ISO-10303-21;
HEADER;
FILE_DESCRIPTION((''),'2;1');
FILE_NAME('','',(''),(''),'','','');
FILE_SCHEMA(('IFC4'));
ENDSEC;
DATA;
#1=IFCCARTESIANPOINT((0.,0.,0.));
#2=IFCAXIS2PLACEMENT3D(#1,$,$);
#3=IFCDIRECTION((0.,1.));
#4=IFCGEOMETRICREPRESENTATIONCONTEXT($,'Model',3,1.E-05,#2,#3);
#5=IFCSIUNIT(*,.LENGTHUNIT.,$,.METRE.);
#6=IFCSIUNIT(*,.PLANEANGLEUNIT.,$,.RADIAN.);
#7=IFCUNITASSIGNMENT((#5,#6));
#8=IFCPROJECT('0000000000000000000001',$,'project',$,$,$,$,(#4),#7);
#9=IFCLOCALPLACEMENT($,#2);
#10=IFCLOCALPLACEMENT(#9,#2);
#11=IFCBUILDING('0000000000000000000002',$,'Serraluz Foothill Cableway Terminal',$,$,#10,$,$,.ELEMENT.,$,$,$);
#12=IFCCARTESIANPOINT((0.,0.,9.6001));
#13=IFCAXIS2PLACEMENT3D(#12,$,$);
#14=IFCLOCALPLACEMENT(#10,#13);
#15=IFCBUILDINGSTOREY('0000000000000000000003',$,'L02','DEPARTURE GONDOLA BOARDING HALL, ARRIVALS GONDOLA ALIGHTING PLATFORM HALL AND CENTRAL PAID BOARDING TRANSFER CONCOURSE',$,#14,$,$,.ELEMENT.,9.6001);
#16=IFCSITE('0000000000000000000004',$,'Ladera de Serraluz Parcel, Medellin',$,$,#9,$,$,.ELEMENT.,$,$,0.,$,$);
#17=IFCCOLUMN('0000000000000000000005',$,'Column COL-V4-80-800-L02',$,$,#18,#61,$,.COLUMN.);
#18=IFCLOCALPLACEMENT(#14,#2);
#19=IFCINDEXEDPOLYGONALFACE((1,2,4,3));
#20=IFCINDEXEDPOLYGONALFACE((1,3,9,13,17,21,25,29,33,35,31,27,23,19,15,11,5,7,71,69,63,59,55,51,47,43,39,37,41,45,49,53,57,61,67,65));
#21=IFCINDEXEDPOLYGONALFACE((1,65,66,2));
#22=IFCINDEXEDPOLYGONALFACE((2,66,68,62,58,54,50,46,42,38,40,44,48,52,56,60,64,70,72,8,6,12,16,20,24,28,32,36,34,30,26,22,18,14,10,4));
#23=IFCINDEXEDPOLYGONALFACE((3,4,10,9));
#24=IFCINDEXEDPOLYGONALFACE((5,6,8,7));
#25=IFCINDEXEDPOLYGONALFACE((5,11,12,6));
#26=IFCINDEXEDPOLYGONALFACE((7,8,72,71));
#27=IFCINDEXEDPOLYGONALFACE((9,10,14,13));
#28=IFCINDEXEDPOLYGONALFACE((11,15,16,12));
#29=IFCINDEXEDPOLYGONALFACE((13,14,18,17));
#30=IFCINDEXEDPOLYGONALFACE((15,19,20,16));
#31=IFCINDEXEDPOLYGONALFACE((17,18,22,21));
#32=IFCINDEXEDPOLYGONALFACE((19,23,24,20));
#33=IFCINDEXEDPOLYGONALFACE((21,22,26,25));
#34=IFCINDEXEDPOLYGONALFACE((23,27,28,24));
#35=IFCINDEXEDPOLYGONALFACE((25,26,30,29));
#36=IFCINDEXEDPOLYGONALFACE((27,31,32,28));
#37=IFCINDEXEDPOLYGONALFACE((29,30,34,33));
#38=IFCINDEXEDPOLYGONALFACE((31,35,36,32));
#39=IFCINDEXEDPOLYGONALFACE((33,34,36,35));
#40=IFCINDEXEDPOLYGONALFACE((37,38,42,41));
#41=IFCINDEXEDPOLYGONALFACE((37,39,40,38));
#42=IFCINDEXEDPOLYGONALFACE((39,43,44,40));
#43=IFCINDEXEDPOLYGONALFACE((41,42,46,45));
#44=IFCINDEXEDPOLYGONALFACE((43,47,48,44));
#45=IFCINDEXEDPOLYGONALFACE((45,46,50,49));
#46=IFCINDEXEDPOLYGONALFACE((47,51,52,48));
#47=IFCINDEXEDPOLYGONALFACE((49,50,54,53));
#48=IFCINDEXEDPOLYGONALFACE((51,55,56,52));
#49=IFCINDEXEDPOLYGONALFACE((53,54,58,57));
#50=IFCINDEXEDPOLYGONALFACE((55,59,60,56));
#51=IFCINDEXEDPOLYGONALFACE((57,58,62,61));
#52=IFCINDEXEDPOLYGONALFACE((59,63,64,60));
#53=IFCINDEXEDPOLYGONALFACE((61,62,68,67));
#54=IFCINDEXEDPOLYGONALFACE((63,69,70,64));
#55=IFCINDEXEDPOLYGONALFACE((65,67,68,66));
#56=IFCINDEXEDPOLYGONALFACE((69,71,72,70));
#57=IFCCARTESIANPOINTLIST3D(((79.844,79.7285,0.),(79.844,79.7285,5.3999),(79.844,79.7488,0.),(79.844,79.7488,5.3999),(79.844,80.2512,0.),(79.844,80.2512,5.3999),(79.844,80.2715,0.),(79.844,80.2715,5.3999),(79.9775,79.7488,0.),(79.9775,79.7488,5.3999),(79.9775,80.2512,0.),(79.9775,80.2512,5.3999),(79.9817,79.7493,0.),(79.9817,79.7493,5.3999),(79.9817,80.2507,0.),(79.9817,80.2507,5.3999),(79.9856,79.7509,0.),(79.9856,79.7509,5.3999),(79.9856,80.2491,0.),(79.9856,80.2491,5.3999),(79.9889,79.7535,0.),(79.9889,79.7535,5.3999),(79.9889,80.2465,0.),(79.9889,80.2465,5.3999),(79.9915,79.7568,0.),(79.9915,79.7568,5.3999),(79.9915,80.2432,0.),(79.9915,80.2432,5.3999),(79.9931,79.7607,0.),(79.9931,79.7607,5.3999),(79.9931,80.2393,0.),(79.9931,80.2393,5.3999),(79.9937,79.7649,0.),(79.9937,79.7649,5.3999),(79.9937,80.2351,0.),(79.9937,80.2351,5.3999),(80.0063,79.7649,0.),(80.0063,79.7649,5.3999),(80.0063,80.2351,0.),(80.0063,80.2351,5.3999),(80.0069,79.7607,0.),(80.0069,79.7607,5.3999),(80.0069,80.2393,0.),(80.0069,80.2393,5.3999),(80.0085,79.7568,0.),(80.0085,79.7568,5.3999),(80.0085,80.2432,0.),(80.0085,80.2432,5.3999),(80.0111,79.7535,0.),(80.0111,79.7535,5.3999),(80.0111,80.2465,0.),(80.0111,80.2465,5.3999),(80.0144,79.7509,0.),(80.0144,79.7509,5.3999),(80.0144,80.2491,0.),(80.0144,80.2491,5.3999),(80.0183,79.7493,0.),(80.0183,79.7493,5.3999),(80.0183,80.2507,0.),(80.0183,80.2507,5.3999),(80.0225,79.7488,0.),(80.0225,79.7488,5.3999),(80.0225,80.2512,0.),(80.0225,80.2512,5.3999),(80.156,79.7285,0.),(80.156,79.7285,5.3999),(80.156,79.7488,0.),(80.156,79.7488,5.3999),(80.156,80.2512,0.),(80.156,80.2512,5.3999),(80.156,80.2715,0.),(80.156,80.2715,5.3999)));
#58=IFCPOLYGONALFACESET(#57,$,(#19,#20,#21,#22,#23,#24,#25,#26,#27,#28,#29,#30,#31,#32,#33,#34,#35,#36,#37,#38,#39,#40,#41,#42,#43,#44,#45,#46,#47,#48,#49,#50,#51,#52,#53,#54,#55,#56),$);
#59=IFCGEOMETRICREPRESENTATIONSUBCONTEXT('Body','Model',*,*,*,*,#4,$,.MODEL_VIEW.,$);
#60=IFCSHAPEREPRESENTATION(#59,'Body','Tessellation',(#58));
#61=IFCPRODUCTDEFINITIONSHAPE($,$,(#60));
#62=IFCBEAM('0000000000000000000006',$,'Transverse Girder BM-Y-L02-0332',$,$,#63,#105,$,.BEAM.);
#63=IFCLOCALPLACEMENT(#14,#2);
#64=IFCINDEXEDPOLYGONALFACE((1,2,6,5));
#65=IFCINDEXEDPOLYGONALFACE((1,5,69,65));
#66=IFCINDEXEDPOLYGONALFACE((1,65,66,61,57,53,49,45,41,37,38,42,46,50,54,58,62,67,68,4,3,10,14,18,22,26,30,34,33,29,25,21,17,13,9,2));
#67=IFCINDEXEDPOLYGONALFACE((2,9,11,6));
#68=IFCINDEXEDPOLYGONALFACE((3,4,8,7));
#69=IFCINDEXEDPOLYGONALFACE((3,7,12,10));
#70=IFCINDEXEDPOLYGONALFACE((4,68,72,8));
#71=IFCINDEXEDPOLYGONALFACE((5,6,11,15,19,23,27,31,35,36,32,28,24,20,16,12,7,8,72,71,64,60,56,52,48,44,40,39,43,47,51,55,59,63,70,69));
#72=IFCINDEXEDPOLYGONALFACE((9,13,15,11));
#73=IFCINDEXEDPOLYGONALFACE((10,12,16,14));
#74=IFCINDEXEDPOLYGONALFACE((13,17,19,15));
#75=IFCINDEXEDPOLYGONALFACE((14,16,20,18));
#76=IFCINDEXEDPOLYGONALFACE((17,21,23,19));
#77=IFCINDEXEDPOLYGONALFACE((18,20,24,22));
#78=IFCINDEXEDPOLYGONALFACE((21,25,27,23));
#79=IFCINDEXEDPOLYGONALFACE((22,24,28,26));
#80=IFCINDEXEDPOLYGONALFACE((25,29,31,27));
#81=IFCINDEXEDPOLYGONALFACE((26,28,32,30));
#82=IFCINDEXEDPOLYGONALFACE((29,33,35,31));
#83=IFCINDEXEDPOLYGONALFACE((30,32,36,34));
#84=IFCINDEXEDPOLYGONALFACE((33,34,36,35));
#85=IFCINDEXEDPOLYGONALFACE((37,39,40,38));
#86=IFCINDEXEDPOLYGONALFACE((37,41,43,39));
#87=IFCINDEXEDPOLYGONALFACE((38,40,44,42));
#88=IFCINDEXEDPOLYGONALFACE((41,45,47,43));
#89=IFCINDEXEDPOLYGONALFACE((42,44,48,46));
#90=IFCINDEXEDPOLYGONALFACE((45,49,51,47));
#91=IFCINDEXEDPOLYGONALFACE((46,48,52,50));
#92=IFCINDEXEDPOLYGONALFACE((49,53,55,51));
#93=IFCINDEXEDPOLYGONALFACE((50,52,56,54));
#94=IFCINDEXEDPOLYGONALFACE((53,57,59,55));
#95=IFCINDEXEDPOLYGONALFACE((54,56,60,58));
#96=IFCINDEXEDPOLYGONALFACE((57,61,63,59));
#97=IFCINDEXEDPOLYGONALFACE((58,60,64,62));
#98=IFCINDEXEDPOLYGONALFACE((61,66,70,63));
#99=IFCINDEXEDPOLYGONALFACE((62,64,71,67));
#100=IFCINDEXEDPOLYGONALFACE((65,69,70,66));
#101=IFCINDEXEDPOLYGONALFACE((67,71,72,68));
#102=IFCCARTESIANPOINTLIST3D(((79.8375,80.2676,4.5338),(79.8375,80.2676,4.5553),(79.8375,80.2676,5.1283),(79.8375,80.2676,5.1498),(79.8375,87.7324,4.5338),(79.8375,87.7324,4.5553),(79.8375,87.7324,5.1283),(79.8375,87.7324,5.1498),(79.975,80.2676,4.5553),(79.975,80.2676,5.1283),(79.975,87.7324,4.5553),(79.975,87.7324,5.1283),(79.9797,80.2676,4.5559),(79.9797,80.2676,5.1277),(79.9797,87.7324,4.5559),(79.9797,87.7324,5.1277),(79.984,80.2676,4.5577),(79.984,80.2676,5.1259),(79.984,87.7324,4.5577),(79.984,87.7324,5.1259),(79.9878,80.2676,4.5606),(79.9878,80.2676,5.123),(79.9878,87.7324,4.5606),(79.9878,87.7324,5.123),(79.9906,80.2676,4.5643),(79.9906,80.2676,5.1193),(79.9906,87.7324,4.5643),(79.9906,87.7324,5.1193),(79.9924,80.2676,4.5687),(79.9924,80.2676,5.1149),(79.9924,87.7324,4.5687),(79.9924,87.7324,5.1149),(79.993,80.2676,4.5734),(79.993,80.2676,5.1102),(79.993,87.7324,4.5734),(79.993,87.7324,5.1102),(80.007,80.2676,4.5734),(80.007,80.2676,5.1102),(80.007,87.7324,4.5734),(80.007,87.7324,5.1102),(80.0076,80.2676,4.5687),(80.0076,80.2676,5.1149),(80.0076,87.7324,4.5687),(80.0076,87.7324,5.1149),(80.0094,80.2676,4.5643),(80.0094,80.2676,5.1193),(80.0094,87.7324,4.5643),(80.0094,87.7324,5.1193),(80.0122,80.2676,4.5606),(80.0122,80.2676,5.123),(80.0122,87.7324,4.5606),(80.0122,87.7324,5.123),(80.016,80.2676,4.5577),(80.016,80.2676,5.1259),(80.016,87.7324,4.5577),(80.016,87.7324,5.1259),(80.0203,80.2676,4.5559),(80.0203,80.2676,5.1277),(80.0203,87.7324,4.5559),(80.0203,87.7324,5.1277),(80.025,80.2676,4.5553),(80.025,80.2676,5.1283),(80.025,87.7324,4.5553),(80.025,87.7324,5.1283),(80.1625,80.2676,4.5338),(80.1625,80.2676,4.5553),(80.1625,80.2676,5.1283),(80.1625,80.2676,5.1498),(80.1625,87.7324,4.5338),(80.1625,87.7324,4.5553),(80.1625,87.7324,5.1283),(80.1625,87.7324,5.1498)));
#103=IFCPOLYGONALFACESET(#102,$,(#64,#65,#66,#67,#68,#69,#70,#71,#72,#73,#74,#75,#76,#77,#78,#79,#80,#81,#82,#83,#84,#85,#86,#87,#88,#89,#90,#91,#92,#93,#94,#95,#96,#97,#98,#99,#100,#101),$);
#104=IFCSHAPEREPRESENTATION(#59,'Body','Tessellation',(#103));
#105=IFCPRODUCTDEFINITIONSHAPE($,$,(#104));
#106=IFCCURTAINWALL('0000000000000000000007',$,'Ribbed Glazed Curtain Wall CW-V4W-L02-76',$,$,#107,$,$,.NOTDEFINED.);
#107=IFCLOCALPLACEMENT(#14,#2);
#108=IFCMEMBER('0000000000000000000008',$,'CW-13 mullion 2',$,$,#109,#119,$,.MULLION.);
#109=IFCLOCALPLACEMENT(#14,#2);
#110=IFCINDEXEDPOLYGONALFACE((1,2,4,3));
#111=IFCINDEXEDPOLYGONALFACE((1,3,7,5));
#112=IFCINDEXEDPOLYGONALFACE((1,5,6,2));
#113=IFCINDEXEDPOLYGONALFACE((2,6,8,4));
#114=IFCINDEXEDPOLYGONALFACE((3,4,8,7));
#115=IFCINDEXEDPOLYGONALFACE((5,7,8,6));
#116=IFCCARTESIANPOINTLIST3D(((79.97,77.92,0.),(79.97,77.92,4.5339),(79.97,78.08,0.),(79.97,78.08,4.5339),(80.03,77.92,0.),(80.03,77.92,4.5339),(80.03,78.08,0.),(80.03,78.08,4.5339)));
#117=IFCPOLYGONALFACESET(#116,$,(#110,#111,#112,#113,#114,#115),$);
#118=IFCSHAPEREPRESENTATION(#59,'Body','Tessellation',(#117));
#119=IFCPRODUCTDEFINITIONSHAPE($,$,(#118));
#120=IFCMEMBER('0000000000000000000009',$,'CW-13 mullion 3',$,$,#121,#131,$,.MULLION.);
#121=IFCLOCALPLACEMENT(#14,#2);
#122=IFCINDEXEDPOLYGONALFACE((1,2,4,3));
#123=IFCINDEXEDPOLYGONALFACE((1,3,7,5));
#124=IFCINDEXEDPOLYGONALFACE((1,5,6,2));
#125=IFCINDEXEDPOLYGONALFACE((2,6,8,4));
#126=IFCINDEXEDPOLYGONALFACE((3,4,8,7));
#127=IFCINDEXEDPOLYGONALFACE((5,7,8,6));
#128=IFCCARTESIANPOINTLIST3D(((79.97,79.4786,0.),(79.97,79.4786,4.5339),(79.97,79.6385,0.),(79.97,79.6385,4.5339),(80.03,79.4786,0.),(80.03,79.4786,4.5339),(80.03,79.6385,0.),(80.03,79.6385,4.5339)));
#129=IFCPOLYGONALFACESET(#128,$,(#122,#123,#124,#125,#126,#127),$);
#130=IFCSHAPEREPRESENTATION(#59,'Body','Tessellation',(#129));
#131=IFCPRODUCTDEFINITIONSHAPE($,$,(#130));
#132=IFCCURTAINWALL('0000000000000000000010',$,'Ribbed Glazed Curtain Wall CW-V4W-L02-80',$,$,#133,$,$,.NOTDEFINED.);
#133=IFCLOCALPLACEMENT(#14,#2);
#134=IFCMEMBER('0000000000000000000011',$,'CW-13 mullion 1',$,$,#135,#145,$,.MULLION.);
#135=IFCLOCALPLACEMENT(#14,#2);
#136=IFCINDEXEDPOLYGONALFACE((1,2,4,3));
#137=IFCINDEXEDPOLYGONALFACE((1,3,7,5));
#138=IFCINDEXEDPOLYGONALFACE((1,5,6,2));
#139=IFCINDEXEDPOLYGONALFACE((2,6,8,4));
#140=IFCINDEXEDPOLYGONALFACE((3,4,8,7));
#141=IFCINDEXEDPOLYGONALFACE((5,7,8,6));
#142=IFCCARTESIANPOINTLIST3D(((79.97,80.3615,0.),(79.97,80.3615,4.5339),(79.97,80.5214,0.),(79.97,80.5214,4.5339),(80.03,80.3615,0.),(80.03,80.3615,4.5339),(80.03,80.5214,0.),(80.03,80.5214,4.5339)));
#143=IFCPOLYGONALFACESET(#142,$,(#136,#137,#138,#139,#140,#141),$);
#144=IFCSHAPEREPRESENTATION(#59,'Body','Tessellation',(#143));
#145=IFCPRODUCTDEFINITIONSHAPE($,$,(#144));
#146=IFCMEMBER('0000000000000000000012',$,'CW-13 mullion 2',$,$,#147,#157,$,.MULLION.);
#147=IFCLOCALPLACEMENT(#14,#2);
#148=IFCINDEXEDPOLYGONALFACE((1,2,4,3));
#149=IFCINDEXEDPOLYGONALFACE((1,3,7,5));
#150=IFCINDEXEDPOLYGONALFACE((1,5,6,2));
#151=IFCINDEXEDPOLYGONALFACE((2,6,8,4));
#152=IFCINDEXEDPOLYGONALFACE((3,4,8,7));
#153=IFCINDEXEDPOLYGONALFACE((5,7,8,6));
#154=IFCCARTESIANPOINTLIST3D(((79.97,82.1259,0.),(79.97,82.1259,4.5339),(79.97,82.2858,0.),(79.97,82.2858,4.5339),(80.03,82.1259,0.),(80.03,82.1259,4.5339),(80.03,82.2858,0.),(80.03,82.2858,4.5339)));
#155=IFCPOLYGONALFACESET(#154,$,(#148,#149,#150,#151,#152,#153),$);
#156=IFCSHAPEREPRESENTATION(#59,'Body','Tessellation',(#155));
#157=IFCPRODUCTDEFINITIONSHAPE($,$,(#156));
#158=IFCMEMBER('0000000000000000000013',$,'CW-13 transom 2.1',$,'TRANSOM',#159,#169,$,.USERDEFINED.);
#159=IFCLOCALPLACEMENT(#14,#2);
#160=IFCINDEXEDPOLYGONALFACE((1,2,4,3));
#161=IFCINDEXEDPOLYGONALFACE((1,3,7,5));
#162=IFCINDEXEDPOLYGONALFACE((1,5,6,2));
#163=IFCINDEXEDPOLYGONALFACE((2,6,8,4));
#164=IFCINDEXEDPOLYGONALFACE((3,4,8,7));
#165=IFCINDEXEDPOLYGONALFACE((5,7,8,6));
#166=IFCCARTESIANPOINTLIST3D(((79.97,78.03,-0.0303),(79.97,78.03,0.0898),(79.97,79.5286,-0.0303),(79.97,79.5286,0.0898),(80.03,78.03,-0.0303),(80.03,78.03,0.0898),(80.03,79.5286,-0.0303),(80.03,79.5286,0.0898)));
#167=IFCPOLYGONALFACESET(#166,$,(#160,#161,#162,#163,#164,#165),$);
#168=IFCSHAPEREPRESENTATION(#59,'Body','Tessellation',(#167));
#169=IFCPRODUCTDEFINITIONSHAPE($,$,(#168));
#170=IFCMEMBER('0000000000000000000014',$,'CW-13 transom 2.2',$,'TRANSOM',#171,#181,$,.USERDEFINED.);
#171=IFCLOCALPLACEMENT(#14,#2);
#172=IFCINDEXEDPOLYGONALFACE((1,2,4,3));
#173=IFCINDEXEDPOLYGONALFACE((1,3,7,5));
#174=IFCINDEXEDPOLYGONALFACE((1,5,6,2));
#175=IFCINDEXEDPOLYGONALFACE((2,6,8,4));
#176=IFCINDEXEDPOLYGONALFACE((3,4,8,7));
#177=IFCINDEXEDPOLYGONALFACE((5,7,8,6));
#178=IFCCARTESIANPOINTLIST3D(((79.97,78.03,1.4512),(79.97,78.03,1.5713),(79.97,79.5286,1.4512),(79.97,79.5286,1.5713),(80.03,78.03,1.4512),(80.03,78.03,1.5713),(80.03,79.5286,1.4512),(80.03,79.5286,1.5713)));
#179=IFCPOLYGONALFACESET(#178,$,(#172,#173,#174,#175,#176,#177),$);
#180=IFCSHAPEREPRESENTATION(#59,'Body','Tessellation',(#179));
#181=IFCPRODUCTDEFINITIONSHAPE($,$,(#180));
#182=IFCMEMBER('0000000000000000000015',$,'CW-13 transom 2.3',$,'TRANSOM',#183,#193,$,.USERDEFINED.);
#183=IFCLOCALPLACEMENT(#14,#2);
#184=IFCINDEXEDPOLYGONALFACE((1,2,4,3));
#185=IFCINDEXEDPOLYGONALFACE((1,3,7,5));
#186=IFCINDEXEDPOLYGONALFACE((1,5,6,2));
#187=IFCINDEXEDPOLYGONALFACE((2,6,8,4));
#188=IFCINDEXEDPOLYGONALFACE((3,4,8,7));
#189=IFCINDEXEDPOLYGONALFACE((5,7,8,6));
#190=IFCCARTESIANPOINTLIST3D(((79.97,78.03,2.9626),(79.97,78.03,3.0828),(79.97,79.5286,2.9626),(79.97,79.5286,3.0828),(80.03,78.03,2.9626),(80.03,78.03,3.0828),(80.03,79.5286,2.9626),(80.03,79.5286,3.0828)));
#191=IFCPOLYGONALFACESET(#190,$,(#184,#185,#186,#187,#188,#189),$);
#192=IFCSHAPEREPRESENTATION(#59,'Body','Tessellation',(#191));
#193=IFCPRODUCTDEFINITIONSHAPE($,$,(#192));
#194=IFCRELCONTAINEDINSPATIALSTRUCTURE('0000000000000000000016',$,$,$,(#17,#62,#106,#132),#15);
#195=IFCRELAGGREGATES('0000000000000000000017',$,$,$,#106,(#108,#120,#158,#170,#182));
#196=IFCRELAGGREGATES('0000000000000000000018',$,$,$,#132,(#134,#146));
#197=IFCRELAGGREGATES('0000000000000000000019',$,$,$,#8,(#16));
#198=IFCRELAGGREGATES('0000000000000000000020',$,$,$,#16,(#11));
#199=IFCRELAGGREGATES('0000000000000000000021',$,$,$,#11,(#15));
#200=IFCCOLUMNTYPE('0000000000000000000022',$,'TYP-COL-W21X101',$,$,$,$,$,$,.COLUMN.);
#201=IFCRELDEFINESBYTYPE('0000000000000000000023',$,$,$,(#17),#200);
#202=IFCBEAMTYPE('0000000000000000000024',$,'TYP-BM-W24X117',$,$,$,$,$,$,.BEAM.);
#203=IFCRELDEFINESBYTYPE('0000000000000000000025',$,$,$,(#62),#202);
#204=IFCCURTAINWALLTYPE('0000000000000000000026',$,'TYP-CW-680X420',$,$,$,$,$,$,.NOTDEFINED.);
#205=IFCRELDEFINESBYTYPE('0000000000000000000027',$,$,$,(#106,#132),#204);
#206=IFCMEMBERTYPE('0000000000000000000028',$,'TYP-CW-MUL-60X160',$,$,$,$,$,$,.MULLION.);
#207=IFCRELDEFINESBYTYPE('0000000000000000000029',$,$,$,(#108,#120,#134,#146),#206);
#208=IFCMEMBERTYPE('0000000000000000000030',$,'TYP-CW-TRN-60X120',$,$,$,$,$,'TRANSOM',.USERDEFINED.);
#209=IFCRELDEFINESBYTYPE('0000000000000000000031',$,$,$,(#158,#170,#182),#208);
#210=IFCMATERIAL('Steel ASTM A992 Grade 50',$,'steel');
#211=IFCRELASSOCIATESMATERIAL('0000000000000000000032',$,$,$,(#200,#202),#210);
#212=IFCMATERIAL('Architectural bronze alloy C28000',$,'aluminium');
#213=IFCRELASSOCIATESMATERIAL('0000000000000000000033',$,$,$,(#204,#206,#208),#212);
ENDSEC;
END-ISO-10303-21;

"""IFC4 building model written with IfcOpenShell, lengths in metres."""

from ifc_helpers import new_model, si_unit, direction, frame, origin, origin_2d, place, context, subcontext, project, spatial, rectangle, i_section, extrude, material, material_profile, profile_set, type_object, element, aggregate, save


model = new_model("IFC4")

# Units and contexts
model_context = context("Model", 3, precision=1e-05, world=origin(), true_north=direction((0.0, 1.0)))
body_context = subcontext(model_context, "Body", "Model", "MODEL_VIEW")
ifc_project = project(units=[si_unit("LENGTHUNIT", "METRE"), si_unit("PLANEANGLEUNIT", "RADIAN")], contexts=[model_context])

# Site, building, storey
site_placement = place(None, origin())
site = spatial("IfcSite", under=ifc_project, at=site_placement, Name="Ladera de Serraluz Parcel, Medellin", CompositionType="ELEMENT", RefElevation=0.0)
building_placement = place(site_placement, origin())
building = spatial("IfcBuilding", under=site, at=building_placement, Name="Serraluz Foothill Cableway Terminal", CompositionType="ELEMENT")
storey_placement = place(building_placement, frame((0.0, 0.0, 9.6001)))
storey = spatial("IfcBuildingStorey", under=building, at=storey_placement, Name="L02", Description="DEPARTURE GONDOLA BOARDING HALL, ARRIVALS GONDOLA ALIGHTING PLATFORM HALL AND CENTRAL PAID BOARDING TRANSFER CONCOURSE", CompositionType="ELEMENT", Elevation=9.6001)

# Column
ifc_material_1 = material(Name="Steel ASTM A992 Grade 50", Category="steel")
ifc_material_profile_1 = material_profile(ifc_material_1, i_section(OverallWidth=0.312, OverallDepth=0.543, WebThickness=0.0127, FlangeThickness=0.0203, FilletRadius=0.0161, at=origin_2d()), Name="W21X101")
ifc_profile_set_1 = profile_set([ifc_material_profile_1], Name="Steel ASTM A992 Grade 50")
column_type = type_object("IfcColumnType", Name="TYP-COL-W21X101", PredefinedType="COLUMN", material=ifc_profile_set_1)
column_placement = place(storey_placement, frame((80.0, 80.0, 0.0), z_axis=(0.0, 0.0, 1.0), x_axis=(1.0, 0.0, 0.0)))
element("IfcColumn", 1, at=column_placement, inside=storey, type_object=column_type, Name="Column COL-V4-80-800-L02", PredefinedType="COLUMN", context=body_context, shape_type="SweptSolid", body=[
    extrude(i_section(OverallWidth=0.312, OverallDepth=0.543, WebThickness=0.0127, FlangeThickness=0.0203, FilletRadius=0.0161, at=origin_2d()), origin(), (0.0, 0.0, 1.0), 5.3999),
])

# Beam
ifc_material_profile_2 = material_profile(ifc_material_1, i_section(OverallWidth=0.325, OverallDepth=0.616, WebThickness=0.0139, FlangeThickness=0.0215, FilletRadius=0.0181, at=origin_2d()), Name="W24X117")
ifc_profile_set_2 = profile_set([ifc_material_profile_2], Name="Steel ASTM A992 Grade 50")
beam_type = type_object("IfcBeamType", Name="TYP-BM-W24X117", PredefinedType="BEAM", material=ifc_profile_set_2)
beam_placement = place(storey_placement, frame((80.0, 80.2676, 4.8418), z_axis=(0.0, 1.0, 0.0), x_axis=(-1.0, 0.0, 0.0)))
element("IfcBeam", 2, at=beam_placement, inside=storey, type_object=beam_type, Name="Transverse Girder BM-Y-L02-0332", PredefinedType="BEAM", context=body_context, shape_type="SweptSolid", body=[
    extrude(i_section(OverallWidth=0.325, OverallDepth=0.616, WebThickness=0.0139, FlangeThickness=0.0215, FilletRadius=0.0181, at=origin_2d()), origin(), (0.0, 0.0, 1.0), 7.4648),
])

# Curtain walls, members
ifc_material_2 = material(Name="Architectural bronze alloy C28000", Category="aluminium")
curtain_wall_type = type_object("IfcCurtainWallType", Name="TYP-CW-680X420", PredefinedType="NOTDEFINED", material=ifc_material_2)
curtain_wall_1_placement = place(storey_placement, origin())
curtain_wall_1 = element("IfcCurtainWall", 3, at=curtain_wall_1_placement, inside=storey, type_object=curtain_wall_type, Name="Ribbed Glazed Curtain Wall CW-V4W-L02-76", PredefinedType="NOTDEFINED")
ifc_material_profile_3 = material_profile(ifc_material_2, rectangle(XDim=0.0601, YDim=0.1599, at=origin_2d()), Name="ALU MULLION 60x160")
ifc_profile_set_3 = profile_set([ifc_material_profile_3], Name="Architectural bronze alloy C28000")
member_type_1 = type_object("IfcMemberType", Name="TYP-CW-MUL-60X160", PredefinedType="MULLION", material=ifc_profile_set_3)
member_1_placement = place(storey_placement, frame((80.0, 78.0, 0.0), z_axis=(0.0, 0.0, 1.0), x_axis=(-1.0, 0.0, 0.0)))
member_1 = element("IfcMember", 4, at=member_1_placement, type_object=member_type_1, Name="CW-13 mullion 2", PredefinedType="MULLION", context=body_context, shape_type="SweptSolid", body=[
    extrude(rectangle(XDim=0.0601, YDim=0.1599, at=origin_2d()), origin(), (0.0, 0.0, 1.0), 4.5339),
])
member_2_placement = place(storey_placement, frame((80.0, 79.5586, 0.0), z_axis=(0.0, 0.0, 1.0), x_axis=(-1.0, 0.0, 0.0)))
member_2 = element("IfcMember", 5, at=member_2_placement, type_object=member_type_1, Name="CW-13 mullion 3", PredefinedType="MULLION", context=body_context, shape_type="SweptSolid", body=[
    extrude(rectangle(XDim=0.0601, YDim=0.1599, at=origin_2d()), origin(), (0.0, 0.0, 1.0), 4.5339),
])
curtain_wall_2_placement = place(storey_placement, origin())
curtain_wall_2 = element("IfcCurtainWall", 6, at=curtain_wall_2_placement, inside=storey, type_object=curtain_wall_type, Name="Ribbed Glazed Curtain Wall CW-V4W-L02-80", PredefinedType="NOTDEFINED")
member_3_placement = place(storey_placement, frame((80.0, 80.4414, 0.0), z_axis=(0.0, 0.0, 1.0), x_axis=(-1.0, 0.0, 0.0)))
member_3 = element("IfcMember", 7, at=member_3_placement, type_object=member_type_1, Name="CW-13 mullion 1", PredefinedType="MULLION", context=body_context, shape_type="SweptSolid", body=[
    extrude(rectangle(XDim=0.0601, YDim=0.1599, at=origin_2d()), origin(), (0.0, 0.0, 1.0), 4.5339),
])
member_4_placement = place(storey_placement, frame((80.0, 82.2058, 0.0), z_axis=(0.0, 0.0, 1.0), x_axis=(-1.0, 0.0, 0.0)))
member_4 = element("IfcMember", 8, at=member_4_placement, type_object=member_type_1, Name="CW-13 mullion 2", PredefinedType="MULLION", context=body_context, shape_type="SweptSolid", body=[
    extrude(rectangle(XDim=0.0601, YDim=0.1599, at=origin_2d()), origin(), (0.0, 0.0, 1.0), 4.5339),
])

# Members
ifc_material_profile_4 = material_profile(ifc_material_2, rectangle(XDim=0.0601, YDim=0.1201, at=origin_2d()), Name="ALU TRANSOM 60x120")
ifc_profile_set_4 = profile_set([ifc_material_profile_4], Name="Architectural bronze alloy C28000")
member_type_2 = type_object("IfcMemberType", Name="TYP-CW-TRN-60X120", ElementType="TRANSOM", PredefinedType="USERDEFINED", material=ifc_profile_set_4)
member_5_placement = place(storey_placement, frame((80.0, 78.03, 0.0298), z_axis=(0.0, 1.0, 0.0), x_axis=(-1.0, 0.0, 0.0)))
member_5 = element("IfcMember", 9, at=member_5_placement, type_object=member_type_2, Name="CW-13 transom 2.1", ObjectType="TRANSOM", PredefinedType="USERDEFINED", context=body_context, shape_type="SweptSolid", body=[
    extrude(rectangle(XDim=0.0601, YDim=0.1201, at=origin_2d()), origin(), (0.0, 0.0, 1.0), 1.4985),
])
member_6_placement = place(storey_placement, frame((80.0, 78.03, 1.5112), z_axis=(0.0, 1.0, 0.0), x_axis=(-1.0, 0.0, 0.0)))
member_6 = element("IfcMember", 10, at=member_6_placement, type_object=member_type_2, Name="CW-13 transom 2.2", ObjectType="TRANSOM", PredefinedType="USERDEFINED", context=body_context, shape_type="SweptSolid", body=[
    extrude(rectangle(XDim=0.0601, YDim=0.1201, at=origin_2d()), origin(), (0.0, 0.0, 1.0), 1.4985),
])
member_7_placement = place(storey_placement, frame((80.0, 78.03, 3.0227), z_axis=(0.0, 1.0, 0.0), x_axis=(-1.0, 0.0, 0.0)))
member_7 = element("IfcMember", 11, at=member_7_placement, type_object=member_type_2, Name="CW-13 transom 2.3", ObjectType="TRANSOM", PredefinedType="USERDEFINED", context=body_context, shape_type="SweptSolid", body=[
    extrude(rectangle(XDim=0.0601, YDim=0.1201, at=origin_2d()), origin(), (0.0, 0.0, 1.0), 1.4985),
])

aggregate(curtain_wall_1, [member_1, member_2, member_5, member_6, member_7])
aggregate(curtain_wall_2, [member_3, member_4])

save(model, "model.ifc")
